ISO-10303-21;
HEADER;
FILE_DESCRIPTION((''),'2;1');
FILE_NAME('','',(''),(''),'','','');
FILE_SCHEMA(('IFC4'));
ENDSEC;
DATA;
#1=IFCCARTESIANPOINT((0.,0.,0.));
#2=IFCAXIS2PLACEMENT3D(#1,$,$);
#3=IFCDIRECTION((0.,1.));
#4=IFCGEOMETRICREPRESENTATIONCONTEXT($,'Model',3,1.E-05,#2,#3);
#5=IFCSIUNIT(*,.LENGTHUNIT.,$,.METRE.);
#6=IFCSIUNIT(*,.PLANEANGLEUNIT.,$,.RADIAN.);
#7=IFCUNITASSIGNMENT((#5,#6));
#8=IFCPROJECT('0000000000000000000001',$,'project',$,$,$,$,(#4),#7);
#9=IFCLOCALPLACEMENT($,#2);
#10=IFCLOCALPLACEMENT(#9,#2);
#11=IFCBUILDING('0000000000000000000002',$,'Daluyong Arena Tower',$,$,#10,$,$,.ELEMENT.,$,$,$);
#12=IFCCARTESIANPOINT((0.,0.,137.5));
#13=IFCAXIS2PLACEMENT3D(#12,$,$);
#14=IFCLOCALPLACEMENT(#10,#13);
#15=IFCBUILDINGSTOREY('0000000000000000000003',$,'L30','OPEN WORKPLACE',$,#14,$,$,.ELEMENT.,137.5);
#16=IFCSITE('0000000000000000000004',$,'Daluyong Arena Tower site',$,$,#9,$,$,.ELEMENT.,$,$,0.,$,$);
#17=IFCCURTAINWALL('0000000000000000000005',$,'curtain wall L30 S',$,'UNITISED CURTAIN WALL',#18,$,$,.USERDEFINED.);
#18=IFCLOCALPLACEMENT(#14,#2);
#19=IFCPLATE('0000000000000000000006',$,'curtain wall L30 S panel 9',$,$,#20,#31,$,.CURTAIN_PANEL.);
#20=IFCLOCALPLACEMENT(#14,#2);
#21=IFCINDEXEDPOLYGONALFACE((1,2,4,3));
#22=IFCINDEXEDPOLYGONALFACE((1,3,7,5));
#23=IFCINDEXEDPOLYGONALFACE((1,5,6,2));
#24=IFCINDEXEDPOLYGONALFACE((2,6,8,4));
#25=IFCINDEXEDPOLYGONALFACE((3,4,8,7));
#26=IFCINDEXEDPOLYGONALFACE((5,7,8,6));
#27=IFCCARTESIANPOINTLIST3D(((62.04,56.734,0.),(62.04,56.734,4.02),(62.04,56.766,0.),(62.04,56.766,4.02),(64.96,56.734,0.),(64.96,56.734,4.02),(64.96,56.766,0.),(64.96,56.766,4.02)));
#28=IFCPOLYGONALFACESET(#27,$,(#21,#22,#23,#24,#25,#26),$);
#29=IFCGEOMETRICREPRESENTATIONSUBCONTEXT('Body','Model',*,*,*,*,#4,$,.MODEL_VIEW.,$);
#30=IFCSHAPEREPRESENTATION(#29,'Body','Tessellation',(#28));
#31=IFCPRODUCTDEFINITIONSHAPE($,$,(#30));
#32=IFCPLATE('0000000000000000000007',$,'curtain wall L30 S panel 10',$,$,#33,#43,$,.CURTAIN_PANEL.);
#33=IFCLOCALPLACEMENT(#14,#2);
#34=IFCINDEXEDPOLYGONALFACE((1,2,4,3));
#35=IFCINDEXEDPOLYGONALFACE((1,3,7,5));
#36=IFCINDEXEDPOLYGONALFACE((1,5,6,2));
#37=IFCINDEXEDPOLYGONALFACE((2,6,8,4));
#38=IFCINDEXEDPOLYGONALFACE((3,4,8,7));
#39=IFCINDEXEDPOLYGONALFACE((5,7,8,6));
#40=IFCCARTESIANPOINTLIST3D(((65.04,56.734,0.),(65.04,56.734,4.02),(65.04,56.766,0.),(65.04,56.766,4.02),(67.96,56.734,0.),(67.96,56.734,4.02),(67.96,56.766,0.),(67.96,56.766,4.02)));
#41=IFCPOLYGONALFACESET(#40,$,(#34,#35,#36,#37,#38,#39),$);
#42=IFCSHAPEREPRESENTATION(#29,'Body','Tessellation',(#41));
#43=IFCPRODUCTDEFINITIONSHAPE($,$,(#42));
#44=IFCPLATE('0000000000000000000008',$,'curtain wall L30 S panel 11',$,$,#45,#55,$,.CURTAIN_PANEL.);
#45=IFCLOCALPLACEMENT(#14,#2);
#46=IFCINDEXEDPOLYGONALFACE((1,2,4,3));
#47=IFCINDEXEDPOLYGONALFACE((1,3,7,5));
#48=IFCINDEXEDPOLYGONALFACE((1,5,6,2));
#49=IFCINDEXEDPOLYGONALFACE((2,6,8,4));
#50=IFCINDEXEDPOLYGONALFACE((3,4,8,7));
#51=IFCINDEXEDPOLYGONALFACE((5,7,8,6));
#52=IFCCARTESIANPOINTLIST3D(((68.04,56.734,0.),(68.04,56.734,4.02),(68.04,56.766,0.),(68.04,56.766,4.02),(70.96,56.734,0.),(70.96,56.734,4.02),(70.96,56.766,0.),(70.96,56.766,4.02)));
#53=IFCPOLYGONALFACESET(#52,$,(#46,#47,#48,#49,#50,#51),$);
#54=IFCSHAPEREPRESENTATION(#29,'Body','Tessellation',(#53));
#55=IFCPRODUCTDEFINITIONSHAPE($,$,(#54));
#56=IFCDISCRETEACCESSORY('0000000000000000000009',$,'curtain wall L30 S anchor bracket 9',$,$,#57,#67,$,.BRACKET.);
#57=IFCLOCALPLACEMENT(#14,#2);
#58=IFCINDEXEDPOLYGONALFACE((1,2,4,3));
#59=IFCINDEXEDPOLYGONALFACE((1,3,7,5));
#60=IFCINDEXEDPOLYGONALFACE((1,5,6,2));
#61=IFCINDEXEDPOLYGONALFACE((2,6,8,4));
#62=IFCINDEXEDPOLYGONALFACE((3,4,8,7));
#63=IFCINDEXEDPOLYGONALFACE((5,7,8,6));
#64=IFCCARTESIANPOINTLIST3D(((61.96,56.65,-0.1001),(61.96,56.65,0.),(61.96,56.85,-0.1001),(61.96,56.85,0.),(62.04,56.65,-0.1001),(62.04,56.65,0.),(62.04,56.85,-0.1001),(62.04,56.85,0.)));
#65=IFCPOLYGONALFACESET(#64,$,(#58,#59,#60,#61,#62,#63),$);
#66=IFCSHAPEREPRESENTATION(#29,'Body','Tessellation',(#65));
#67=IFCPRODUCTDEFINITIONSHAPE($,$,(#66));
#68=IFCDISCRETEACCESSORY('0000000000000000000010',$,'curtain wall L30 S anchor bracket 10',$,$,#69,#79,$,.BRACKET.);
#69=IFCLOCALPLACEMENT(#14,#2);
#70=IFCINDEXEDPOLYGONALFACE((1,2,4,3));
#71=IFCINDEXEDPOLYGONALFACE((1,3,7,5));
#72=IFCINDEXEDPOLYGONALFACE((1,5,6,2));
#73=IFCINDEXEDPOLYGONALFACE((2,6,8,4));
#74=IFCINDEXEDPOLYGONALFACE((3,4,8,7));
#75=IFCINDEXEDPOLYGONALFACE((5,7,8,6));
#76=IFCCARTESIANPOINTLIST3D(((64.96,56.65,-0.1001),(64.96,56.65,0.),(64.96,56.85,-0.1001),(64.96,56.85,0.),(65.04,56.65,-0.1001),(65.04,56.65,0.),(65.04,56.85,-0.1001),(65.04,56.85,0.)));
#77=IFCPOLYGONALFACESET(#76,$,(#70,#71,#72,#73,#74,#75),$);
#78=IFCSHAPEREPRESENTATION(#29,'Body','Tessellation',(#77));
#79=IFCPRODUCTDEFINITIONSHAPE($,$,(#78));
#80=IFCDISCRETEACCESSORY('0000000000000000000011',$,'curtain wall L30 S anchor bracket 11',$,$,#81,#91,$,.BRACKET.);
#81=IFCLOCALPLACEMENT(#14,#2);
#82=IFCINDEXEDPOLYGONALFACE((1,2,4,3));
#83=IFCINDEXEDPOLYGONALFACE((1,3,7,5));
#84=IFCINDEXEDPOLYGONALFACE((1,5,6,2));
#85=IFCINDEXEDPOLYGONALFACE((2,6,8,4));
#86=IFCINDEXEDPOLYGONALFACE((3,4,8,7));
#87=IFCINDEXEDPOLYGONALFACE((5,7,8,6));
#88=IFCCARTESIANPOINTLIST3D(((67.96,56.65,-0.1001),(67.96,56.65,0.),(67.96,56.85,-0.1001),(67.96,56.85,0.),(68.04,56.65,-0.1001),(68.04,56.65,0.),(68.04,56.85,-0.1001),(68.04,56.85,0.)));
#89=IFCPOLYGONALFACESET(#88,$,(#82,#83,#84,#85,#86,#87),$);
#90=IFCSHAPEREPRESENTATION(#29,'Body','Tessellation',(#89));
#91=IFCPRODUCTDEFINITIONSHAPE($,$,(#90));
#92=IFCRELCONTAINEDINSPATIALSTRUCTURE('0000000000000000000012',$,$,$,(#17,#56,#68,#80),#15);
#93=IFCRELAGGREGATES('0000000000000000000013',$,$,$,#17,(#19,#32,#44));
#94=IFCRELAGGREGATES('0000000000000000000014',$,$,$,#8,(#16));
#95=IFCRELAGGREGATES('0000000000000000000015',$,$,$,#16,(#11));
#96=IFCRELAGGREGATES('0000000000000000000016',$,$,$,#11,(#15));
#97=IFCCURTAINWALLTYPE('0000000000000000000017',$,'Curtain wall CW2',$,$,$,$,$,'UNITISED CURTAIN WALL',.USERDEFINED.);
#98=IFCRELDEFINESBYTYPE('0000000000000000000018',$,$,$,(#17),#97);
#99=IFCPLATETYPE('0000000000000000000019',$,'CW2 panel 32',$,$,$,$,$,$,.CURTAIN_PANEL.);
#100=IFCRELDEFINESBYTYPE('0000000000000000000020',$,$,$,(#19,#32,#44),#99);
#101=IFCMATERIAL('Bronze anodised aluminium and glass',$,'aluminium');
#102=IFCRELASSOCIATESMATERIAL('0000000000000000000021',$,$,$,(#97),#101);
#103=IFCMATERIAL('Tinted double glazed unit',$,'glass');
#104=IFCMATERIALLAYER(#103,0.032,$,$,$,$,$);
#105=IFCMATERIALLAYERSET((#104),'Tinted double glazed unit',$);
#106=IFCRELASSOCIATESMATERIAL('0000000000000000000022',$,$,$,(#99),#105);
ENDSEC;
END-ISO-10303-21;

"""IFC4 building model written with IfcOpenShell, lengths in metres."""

from ifc_helpers import new_model, si_unit, direction, frame, origin, origin_2d, place, context, subcontext, project, spatial, rectangle, extrude, material, layer, layer_set, type_object, element, aggregate, save


model = new_model("IFC4")

# Units and contexts
model_context = context("Model", 3, precision=1e-05, world=origin(), true_north=direction((0.0, 1.0)))
body_context = subcontext(model_context, "Body", "Model", "MODEL_VIEW")
ifc_project = project(units=[si_unit("LENGTHUNIT", "METRE"), si_unit("PLANEANGLEUNIT", "RADIAN")], contexts=[model_context])

# Site, building, storey
site_placement = place(None, origin())
site = spatial("IfcSite", under=ifc_project, at=site_placement, Name="Daluyong Arena Tower site", CompositionType="ELEMENT", RefElevation=0.0)
building_placement = place(site_placement, origin())
building = spatial("IfcBuilding", under=site, at=building_placement, Name="Daluyong Arena Tower", CompositionType="ELEMENT")
storey_placement = place(building_placement, frame((0.0, 0.0, 137.5)))
storey = spatial("IfcBuildingStorey", under=building, at=storey_placement, Name="L30", Description="OPEN WORKPLACE", CompositionType="ELEMENT", Elevation=137.5)

# Curtain wall
ifc_material_1 = material(Name="Bronze anodised aluminium and glass", Category="aluminium")
curtain_wall_type = type_object("IfcCurtainWallType", Name="Curtain wall CW2", ElementType="UNITISED CURTAIN WALL", PredefinedType="USERDEFINED", material=ifc_material_1)
curtain_wall_placement = place(storey_placement, origin())
curtain_wall = element("IfcCurtainWall", 1, at=curtain_wall_placement, inside=storey, type_object=curtain_wall_type, Name="curtain wall L30 S", ObjectType="UNITISED CURTAIN WALL", PredefinedType="USERDEFINED")

# Plates
ifc_material_2 = material(Name="Tinted double glazed unit", Category="glass")
ifc_layer = layer(ifc_material_2, 0.032)
ifc_layer_set = layer_set([ifc_layer], Name="Tinted double glazed unit")
plate_type = type_object("IfcPlateType", Name="CW2 panel 32", PredefinedType="CURTAIN_PANEL", material=ifc_layer_set)
plate_1_placement = place(storey_placement, frame((63.5, 56.75, 0.0), z_axis=(0.0, 0.0, 1.0), x_axis=(1.0, 0.0, 0.0)))
plate_1 = element("IfcPlate", 2, at=plate_1_placement, type_object=plate_type, Name="curtain wall L30 S panel 9", PredefinedType="CURTAIN_PANEL", context=body_context, shape_type="SweptSolid", body=[
    extrude(rectangle(XDim=2.9199, YDim=0.032, at=origin_2d()), origin(), (0.0, 0.0, 1.0), 4.02),
])
plate_2_placement = place(storey_placement, frame((66.5, 56.75, 0.0), z_axis=(0.0, 0.0, 1.0), x_axis=(1.0, 0.0, 0.0)))
plate_2 = element("IfcPlate", 3, at=plate_2_placement, type_object=plate_type, Name="curtain wall L30 S panel 10", PredefinedType="CURTAIN_PANEL", context=body_context, shape_type="SweptSolid", body=[
    extrude(rectangle(XDim=2.9199, YDim=0.032, at=origin_2d()), origin(), (0.0, 0.0, 1.0), 4.02),
])
plate_3_placement = place(storey_placement, frame((69.5, 56.75, 0.0), z_axis=(0.0, 0.0, 1.0), x_axis=(1.0, 0.0, 0.0)))
plate_3 = element("IfcPlate", 4, at=plate_3_placement, type_object=plate_type, Name="curtain wall L30 S panel 11", PredefinedType="CURTAIN_PANEL", context=body_context, shape_type="SweptSolid", body=[
    extrude(rectangle(XDim=2.9199, YDim=0.032, at=origin_2d()), origin(), (0.0, 0.0, 1.0), 4.02),
])
aggregate(curtain_wall, [plate_1, plate_2, plate_3])

# Discrete accessories
for number, where, z_axis, x_axis, name in (
    (5, (62.0, 56.75, -0.1001), (0.0, 0.0, 1.0), (1.0, 0.0, 0.0), "curtain wall L30 S anchor bracket 9"),
    (6, (65.0, 56.75, -0.1001), (0.0, 0.0, 1.0), (1.0, 0.0, 0.0), "curtain wall L30 S anchor bracket 10"),
    (7, (68.0, 56.75, -0.1001), (0.0, 0.0, 1.0), (1.0, 0.0, 0.0), "curtain wall L30 S anchor bracket 11"),
):
    element("IfcDiscreteAccessory", number, at=place(storey_placement, frame(where, z_axis=z_axis, x_axis=x_axis)), inside=storey, Name=name, PredefinedType="BRACKET", context=body_context, shape_type="SweptSolid", body=[
        extrude(rectangle(XDim=0.0801, YDim=0.2, at=origin_2d()), origin(), (0.0, 0.0, 1.0), 0.1001),
    ])

save(model, "model.ifc")
